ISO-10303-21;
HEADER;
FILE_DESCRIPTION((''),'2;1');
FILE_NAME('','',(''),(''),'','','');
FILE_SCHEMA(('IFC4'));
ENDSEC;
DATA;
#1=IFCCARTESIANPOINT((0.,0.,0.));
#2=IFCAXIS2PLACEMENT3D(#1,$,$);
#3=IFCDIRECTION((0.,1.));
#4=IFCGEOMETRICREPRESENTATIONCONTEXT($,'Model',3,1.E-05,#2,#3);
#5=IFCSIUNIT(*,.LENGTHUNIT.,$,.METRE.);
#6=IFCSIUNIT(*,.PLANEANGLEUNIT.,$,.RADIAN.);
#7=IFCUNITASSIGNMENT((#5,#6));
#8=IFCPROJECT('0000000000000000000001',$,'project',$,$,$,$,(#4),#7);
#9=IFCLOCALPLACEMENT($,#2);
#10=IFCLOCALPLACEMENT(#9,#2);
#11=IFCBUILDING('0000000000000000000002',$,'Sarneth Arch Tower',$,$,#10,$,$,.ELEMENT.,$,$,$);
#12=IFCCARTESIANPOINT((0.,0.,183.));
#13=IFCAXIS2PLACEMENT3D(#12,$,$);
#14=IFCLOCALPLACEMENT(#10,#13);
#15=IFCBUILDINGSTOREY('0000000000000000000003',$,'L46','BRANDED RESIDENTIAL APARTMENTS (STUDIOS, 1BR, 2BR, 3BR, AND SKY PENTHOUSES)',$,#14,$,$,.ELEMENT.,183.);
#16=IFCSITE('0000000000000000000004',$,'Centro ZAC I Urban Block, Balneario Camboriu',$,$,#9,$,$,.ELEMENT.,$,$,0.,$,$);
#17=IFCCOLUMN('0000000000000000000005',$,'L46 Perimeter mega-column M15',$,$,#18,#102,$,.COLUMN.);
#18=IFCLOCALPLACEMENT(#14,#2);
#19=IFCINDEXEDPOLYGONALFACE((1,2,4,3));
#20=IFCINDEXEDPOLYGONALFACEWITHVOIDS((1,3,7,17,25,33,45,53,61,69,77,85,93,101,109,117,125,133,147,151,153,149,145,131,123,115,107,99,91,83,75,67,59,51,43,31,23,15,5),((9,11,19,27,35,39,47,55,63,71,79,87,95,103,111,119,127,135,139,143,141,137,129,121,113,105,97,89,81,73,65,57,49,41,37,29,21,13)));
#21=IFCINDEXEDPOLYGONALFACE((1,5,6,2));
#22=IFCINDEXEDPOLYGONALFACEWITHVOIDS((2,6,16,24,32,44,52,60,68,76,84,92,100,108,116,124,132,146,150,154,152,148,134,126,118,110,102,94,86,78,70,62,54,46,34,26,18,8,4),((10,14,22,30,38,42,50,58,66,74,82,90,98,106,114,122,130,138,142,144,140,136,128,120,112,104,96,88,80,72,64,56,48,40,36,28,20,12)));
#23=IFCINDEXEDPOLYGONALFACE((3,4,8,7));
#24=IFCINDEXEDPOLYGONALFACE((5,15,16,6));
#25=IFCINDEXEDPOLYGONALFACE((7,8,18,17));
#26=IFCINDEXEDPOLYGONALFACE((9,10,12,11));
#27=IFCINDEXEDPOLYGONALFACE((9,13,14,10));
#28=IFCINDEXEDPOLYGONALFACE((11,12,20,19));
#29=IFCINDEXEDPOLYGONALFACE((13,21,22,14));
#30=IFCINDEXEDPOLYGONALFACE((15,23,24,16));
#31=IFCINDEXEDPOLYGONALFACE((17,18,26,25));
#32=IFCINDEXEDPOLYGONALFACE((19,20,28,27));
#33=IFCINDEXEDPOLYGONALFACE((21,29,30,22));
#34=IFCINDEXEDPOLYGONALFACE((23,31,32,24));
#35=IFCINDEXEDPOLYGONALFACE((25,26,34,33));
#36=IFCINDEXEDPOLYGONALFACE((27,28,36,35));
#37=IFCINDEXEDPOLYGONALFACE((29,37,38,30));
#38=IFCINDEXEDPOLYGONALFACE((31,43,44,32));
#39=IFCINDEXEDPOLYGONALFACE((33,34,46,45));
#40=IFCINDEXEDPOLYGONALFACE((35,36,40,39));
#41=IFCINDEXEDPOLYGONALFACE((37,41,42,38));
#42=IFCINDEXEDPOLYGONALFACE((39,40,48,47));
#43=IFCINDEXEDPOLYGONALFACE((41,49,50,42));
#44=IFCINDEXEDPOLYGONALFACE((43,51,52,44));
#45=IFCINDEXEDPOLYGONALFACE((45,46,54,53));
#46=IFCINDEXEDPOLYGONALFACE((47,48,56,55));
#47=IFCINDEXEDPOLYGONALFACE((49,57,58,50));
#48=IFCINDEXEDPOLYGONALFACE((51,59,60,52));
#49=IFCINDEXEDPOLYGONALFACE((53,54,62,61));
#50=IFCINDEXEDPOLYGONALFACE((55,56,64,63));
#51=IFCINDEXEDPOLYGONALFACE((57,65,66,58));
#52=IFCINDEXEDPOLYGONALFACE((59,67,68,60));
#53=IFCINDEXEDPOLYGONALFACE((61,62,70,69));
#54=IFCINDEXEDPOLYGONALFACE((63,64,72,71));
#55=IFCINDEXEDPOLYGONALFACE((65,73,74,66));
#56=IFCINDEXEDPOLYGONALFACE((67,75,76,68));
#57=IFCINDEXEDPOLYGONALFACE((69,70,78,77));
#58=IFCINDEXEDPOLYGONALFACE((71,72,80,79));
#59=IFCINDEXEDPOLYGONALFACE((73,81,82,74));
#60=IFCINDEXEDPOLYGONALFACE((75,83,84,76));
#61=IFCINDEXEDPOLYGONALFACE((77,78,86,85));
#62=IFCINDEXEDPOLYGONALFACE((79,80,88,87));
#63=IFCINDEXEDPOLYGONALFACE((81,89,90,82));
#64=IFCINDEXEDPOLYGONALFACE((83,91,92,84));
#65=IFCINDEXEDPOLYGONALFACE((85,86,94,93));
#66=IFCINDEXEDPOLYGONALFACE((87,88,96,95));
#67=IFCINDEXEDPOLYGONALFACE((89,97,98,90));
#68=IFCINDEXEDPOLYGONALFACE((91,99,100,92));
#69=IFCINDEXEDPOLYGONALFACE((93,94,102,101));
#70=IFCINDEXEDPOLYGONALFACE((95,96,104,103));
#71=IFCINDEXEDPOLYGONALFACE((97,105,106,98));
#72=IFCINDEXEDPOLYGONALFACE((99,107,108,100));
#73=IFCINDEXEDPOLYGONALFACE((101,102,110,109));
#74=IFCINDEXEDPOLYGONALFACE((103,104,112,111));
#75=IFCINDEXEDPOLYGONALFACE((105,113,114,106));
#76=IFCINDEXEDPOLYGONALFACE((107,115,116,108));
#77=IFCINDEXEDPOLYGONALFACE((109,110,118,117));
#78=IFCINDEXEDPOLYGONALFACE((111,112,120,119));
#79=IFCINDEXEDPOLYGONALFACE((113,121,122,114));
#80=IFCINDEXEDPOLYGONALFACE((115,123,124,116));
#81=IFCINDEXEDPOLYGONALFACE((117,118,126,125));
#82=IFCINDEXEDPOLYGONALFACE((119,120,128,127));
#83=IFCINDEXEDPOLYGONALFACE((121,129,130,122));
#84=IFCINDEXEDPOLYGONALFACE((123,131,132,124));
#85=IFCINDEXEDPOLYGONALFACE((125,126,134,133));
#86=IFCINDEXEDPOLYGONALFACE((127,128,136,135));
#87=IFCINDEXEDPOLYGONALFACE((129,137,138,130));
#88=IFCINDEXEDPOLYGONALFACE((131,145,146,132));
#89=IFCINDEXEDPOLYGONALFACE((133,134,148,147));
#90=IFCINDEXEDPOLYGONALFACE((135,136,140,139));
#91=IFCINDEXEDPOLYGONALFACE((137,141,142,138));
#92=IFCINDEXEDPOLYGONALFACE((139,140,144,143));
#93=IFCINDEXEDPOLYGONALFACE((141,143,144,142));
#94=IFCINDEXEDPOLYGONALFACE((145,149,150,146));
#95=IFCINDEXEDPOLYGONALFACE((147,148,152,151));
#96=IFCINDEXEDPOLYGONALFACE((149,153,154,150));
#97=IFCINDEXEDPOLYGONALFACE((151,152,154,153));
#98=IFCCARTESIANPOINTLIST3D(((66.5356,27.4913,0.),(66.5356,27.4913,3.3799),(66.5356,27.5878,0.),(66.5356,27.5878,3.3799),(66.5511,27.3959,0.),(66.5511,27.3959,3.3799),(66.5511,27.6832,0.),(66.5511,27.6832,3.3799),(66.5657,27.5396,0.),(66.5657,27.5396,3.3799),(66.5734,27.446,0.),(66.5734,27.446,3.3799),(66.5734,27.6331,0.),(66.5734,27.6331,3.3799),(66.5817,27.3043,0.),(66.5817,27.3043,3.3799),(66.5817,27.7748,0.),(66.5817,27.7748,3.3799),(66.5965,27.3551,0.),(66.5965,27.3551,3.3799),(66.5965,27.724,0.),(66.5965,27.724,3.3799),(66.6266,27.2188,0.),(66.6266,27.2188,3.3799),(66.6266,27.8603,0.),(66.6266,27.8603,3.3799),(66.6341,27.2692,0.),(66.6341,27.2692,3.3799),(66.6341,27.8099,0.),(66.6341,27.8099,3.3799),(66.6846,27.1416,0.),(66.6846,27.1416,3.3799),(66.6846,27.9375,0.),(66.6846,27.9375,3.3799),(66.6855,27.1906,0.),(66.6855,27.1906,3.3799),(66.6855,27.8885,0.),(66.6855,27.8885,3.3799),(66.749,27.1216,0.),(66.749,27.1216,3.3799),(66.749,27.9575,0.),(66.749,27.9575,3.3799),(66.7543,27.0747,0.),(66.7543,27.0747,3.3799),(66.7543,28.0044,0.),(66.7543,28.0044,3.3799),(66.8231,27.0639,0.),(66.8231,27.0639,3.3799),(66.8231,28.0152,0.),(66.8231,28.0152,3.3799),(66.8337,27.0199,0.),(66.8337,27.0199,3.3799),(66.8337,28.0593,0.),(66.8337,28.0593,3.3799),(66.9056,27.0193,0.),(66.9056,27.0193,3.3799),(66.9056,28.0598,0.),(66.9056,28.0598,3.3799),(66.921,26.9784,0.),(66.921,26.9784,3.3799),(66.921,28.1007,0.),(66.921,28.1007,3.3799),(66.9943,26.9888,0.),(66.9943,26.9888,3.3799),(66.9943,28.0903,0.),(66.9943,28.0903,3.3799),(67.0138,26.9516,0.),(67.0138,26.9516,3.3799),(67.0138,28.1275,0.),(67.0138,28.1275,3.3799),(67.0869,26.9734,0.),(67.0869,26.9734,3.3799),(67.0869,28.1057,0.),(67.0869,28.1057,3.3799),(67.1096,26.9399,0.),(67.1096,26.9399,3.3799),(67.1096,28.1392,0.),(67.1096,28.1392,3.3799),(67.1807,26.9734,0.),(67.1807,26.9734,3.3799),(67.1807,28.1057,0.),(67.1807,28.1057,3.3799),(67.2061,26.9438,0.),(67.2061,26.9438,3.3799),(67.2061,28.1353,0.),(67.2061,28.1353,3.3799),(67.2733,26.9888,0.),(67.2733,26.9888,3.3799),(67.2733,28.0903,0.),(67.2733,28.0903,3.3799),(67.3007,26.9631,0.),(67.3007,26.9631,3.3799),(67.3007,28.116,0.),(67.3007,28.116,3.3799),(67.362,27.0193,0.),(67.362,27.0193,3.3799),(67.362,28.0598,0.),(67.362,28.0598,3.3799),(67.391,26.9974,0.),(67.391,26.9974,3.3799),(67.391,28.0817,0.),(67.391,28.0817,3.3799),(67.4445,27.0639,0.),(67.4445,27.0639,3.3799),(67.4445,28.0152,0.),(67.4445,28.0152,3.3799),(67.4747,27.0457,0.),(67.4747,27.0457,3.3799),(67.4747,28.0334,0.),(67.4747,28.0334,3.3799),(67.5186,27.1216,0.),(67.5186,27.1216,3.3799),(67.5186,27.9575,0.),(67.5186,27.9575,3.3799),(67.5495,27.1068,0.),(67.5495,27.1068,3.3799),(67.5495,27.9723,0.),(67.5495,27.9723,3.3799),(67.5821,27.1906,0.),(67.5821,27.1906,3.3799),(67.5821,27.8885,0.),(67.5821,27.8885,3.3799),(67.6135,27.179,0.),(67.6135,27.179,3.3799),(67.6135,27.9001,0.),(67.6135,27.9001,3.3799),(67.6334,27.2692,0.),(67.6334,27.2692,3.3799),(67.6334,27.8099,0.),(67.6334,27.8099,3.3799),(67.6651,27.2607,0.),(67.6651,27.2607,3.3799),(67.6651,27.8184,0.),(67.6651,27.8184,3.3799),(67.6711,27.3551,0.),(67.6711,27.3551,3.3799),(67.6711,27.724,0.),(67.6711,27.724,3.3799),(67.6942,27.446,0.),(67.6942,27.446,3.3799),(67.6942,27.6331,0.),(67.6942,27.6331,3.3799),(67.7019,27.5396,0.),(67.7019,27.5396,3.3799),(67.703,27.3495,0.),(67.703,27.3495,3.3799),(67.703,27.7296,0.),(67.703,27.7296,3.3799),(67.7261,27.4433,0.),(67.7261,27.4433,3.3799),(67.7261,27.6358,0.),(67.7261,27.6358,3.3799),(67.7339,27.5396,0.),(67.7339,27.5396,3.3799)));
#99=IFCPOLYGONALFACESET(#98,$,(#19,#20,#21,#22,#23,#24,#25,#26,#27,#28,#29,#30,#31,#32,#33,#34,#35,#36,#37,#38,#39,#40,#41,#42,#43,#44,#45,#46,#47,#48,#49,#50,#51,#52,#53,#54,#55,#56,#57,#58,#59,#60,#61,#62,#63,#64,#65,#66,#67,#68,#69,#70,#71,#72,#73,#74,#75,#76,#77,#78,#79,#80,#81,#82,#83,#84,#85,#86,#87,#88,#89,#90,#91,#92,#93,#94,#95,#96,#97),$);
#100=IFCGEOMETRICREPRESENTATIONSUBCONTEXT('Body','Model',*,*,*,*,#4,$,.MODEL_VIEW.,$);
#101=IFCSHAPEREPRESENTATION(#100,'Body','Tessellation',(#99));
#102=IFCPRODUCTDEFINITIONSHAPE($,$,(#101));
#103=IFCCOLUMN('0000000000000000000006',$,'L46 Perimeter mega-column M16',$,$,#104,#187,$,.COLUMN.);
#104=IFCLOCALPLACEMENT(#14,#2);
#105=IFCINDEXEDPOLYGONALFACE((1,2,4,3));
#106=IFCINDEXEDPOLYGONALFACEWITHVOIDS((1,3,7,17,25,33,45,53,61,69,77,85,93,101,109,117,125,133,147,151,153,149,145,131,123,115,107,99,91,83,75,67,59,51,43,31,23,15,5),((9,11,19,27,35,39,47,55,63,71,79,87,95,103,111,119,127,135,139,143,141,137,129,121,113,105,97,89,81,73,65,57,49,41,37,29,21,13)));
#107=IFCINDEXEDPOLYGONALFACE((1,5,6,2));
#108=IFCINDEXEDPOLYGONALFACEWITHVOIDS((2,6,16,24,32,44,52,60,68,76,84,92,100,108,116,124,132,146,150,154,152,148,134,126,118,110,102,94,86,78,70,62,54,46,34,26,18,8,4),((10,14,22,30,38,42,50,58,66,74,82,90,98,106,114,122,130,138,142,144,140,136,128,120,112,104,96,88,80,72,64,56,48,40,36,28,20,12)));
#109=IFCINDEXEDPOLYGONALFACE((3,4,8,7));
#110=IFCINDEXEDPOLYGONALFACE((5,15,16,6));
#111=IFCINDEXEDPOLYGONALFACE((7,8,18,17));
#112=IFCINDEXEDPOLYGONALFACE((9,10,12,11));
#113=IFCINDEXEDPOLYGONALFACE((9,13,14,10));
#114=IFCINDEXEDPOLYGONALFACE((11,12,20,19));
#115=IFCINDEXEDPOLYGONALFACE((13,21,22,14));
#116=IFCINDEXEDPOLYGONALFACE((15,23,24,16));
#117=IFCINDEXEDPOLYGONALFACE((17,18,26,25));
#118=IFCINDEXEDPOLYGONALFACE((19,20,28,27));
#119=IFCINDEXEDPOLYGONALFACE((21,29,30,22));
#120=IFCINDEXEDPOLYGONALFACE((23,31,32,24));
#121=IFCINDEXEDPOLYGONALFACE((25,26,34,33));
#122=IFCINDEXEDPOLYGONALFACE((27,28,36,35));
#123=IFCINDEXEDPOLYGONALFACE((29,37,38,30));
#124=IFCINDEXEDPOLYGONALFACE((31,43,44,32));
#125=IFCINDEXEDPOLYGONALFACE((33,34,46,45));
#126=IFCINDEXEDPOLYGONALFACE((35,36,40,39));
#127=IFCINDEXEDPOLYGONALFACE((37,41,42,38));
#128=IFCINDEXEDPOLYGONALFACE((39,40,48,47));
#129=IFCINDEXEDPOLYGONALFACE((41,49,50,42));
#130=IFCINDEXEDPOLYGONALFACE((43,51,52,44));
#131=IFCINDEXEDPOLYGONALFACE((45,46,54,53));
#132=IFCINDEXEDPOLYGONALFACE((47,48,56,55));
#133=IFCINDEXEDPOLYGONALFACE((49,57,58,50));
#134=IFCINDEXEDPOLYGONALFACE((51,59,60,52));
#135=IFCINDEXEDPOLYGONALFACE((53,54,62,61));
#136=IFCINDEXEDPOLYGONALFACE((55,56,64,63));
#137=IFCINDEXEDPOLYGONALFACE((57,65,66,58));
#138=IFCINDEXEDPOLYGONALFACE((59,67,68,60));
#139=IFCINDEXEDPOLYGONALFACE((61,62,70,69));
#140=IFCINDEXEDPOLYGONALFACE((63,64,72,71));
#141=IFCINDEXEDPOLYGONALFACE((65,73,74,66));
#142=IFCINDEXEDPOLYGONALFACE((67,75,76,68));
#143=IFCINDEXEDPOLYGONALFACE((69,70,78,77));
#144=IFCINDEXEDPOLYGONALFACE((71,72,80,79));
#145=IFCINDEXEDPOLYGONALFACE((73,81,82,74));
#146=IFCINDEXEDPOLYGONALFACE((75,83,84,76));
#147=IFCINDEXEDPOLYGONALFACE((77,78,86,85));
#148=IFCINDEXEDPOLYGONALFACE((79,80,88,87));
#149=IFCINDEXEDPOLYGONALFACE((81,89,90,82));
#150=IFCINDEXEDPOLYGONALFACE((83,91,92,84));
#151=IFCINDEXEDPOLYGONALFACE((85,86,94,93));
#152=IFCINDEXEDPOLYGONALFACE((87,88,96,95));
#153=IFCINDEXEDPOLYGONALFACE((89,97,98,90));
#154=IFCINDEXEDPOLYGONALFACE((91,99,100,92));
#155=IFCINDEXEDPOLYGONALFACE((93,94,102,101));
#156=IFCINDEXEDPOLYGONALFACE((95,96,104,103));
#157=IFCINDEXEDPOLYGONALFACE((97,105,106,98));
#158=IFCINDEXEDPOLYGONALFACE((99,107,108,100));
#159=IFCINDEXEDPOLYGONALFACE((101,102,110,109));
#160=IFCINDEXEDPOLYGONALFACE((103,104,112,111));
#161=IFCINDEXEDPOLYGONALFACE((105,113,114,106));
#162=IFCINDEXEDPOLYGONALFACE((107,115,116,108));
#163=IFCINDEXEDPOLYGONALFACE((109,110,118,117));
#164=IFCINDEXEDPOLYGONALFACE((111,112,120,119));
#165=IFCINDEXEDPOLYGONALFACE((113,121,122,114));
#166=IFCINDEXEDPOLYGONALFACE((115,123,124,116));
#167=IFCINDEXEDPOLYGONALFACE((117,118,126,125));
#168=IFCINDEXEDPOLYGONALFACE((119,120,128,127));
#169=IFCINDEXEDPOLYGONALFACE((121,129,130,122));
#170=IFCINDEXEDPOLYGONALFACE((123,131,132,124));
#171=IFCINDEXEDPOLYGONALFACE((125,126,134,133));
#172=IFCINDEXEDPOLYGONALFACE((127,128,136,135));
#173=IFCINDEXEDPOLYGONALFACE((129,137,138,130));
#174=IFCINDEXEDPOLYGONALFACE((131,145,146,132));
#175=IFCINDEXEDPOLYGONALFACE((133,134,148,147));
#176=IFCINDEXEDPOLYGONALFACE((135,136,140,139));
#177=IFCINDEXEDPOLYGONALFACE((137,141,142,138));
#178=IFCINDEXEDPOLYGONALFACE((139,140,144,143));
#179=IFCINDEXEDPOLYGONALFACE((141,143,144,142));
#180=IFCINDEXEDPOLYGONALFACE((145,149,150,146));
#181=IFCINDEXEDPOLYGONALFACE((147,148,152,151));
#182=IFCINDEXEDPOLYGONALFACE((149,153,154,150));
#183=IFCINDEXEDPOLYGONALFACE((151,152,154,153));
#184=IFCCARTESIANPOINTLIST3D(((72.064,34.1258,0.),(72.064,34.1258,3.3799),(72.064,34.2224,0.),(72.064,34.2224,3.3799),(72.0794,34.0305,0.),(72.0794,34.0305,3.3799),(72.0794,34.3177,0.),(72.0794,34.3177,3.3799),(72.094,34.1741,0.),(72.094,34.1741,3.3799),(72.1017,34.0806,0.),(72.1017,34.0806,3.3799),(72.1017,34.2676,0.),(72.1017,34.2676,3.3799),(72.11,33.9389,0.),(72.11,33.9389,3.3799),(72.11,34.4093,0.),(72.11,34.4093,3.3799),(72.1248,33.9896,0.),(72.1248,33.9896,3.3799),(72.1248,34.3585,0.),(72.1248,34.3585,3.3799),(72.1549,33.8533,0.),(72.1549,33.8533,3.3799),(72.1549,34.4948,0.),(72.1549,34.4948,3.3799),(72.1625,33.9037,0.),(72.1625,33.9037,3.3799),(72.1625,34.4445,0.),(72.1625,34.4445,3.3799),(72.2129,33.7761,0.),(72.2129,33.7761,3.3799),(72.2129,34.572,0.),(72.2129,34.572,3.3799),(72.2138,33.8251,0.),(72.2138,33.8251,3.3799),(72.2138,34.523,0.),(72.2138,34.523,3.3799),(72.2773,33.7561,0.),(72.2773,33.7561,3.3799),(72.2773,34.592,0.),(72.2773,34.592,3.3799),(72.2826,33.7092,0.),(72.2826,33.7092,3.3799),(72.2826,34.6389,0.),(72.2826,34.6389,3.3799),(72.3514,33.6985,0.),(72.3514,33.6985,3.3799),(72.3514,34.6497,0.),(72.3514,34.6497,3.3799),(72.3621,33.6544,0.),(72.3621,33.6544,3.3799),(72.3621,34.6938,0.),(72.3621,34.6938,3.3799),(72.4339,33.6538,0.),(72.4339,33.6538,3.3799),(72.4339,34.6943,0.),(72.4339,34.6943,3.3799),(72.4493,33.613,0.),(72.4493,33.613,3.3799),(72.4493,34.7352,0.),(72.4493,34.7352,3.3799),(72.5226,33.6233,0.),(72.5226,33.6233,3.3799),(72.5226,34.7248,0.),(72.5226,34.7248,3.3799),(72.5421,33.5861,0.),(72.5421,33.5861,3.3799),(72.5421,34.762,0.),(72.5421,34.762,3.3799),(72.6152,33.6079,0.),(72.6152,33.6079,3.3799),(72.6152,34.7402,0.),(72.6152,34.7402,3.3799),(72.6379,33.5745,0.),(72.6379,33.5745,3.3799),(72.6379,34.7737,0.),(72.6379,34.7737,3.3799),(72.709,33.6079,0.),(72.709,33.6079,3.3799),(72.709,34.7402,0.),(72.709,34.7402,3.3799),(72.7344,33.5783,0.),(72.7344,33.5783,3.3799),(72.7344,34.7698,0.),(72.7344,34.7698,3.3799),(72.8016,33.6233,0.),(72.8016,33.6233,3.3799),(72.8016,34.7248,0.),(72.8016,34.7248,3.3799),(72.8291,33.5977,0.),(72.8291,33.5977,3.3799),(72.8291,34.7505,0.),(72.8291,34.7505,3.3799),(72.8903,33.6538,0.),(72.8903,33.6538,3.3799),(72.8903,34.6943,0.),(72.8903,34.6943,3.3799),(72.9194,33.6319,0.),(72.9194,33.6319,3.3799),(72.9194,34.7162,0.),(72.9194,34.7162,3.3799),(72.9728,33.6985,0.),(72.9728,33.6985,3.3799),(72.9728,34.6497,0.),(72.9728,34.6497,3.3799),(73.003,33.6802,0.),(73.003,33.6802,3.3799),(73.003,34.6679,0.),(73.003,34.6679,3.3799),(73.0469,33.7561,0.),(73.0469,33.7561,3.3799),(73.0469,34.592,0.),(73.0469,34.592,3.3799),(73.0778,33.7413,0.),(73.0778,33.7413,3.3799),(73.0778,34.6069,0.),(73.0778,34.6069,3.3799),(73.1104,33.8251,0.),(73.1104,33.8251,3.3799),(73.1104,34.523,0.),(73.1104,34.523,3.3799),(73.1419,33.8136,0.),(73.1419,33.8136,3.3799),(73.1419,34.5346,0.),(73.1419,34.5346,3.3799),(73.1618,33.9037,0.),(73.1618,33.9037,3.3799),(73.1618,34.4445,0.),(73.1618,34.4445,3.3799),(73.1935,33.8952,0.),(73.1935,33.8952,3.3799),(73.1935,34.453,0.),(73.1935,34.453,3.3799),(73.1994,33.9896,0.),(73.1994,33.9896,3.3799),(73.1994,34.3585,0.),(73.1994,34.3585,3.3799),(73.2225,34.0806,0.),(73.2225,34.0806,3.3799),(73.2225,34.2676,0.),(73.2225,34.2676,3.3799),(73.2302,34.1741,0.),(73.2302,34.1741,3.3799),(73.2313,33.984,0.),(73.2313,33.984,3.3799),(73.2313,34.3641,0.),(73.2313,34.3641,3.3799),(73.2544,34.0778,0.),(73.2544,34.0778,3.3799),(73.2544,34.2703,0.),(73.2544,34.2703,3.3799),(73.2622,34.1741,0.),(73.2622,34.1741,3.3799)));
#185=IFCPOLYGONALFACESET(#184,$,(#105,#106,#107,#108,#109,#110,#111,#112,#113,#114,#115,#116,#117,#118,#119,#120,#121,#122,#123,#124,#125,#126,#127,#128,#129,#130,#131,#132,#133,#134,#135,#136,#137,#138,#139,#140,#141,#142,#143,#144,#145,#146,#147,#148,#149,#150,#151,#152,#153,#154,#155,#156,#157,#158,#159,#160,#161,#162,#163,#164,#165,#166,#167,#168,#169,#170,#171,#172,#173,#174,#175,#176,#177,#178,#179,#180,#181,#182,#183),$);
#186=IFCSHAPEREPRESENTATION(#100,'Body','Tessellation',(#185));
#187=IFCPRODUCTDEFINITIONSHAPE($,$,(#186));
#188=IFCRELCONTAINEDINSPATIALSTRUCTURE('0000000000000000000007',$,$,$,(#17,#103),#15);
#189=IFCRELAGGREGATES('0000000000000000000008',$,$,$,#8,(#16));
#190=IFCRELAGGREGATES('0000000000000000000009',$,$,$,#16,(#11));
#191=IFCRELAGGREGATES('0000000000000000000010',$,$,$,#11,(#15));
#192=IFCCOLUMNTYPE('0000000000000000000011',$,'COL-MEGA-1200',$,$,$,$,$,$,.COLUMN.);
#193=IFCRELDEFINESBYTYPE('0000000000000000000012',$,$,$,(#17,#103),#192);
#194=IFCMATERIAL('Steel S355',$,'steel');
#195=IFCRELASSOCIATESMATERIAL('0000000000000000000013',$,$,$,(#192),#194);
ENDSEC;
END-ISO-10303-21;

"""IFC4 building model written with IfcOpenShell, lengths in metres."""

from ifc_helpers import new_model, si_unit, direction, frame, origin, origin_2d, place, context, subcontext, project, spatial, hollow_circle, extrude, material, material_profile, profile_set, type_object, element, save


model = new_model("IFC4")

# Units and contexts
model_context = context("Model", 3, precision=1e-05, world=origin(), true_north=direction((0.0, 1.0)))
body_context = subcontext(model_context, "Body", "Model", "MODEL_VIEW")
ifc_project = project(units=[si_unit("LENGTHUNIT", "METRE"), si_unit("PLANEANGLEUNIT", "RADIAN")], contexts=[model_context])

# Site, building, storey
site_placement = place(None, origin())
site = spatial("IfcSite", under=ifc_project, at=site_placement, Name="Centro ZAC I Urban Block, Balneario Camboriu", CompositionType="ELEMENT", RefElevation=0.0)
building_placement = place(site_placement, origin())
building = spatial("IfcBuilding", under=site, at=building_placement, Name="Sarneth Arch Tower", CompositionType="ELEMENT")
storey_placement = place(building_placement, frame((0.0, 0.0, 183.0)))
storey = spatial("IfcBuildingStorey", under=building, at=storey_placement, Name="L46", Description="BRANDED RESIDENTIAL APARTMENTS (STUDIOS, 1BR, 2BR, 3BR, AND SKY PENTHOUSES)", CompositionType="ELEMENT", Elevation=183.0)

# Columns
ifc_material_1 = material(Name="Steel S355", Category="steel")
ifc_material_profile_1 = material_profile(ifc_material_1, hollow_circle(Radius=0.6001, WallThickness=0.032, at=origin_2d()), Name="CHS1200x32")
ifc_profile_set_1 = profile_set([ifc_material_profile_1], Name="Steel S355")
column_type = type_object("IfcColumnType", Name="COL-MEGA-1200", PredefinedType="COLUMN", material=ifc_profile_set_1)
for number, where, z_axis, x_axis, name in (
    (1, (67.1338, 27.5396, 0.0), (0.0, 0.0, 1.0), (1.0, 0.0, 0.0), "L46 Perimeter mega-column M15"),
    (2, (72.6621, 34.1741, 0.0), (0.0, 0.0, 1.0), (1.0, 0.0, 0.0), "L46 Perimeter mega-column M16"),
):
    element("IfcColumn", number, at=place(storey_placement, frame(where, z_axis=z_axis, x_axis=x_axis)), inside=storey, type_object=column_type, Name=name, PredefinedType="COLUMN", context=body_context, shape_type="SweptSolid", body=[
        extrude(hollow_circle(Radius=0.6001, WallThickness=0.032, at=origin_2d()), origin(), (0.0, 0.0, 1.0), 3.3799),
    ])

save(model, "model.ifc")
